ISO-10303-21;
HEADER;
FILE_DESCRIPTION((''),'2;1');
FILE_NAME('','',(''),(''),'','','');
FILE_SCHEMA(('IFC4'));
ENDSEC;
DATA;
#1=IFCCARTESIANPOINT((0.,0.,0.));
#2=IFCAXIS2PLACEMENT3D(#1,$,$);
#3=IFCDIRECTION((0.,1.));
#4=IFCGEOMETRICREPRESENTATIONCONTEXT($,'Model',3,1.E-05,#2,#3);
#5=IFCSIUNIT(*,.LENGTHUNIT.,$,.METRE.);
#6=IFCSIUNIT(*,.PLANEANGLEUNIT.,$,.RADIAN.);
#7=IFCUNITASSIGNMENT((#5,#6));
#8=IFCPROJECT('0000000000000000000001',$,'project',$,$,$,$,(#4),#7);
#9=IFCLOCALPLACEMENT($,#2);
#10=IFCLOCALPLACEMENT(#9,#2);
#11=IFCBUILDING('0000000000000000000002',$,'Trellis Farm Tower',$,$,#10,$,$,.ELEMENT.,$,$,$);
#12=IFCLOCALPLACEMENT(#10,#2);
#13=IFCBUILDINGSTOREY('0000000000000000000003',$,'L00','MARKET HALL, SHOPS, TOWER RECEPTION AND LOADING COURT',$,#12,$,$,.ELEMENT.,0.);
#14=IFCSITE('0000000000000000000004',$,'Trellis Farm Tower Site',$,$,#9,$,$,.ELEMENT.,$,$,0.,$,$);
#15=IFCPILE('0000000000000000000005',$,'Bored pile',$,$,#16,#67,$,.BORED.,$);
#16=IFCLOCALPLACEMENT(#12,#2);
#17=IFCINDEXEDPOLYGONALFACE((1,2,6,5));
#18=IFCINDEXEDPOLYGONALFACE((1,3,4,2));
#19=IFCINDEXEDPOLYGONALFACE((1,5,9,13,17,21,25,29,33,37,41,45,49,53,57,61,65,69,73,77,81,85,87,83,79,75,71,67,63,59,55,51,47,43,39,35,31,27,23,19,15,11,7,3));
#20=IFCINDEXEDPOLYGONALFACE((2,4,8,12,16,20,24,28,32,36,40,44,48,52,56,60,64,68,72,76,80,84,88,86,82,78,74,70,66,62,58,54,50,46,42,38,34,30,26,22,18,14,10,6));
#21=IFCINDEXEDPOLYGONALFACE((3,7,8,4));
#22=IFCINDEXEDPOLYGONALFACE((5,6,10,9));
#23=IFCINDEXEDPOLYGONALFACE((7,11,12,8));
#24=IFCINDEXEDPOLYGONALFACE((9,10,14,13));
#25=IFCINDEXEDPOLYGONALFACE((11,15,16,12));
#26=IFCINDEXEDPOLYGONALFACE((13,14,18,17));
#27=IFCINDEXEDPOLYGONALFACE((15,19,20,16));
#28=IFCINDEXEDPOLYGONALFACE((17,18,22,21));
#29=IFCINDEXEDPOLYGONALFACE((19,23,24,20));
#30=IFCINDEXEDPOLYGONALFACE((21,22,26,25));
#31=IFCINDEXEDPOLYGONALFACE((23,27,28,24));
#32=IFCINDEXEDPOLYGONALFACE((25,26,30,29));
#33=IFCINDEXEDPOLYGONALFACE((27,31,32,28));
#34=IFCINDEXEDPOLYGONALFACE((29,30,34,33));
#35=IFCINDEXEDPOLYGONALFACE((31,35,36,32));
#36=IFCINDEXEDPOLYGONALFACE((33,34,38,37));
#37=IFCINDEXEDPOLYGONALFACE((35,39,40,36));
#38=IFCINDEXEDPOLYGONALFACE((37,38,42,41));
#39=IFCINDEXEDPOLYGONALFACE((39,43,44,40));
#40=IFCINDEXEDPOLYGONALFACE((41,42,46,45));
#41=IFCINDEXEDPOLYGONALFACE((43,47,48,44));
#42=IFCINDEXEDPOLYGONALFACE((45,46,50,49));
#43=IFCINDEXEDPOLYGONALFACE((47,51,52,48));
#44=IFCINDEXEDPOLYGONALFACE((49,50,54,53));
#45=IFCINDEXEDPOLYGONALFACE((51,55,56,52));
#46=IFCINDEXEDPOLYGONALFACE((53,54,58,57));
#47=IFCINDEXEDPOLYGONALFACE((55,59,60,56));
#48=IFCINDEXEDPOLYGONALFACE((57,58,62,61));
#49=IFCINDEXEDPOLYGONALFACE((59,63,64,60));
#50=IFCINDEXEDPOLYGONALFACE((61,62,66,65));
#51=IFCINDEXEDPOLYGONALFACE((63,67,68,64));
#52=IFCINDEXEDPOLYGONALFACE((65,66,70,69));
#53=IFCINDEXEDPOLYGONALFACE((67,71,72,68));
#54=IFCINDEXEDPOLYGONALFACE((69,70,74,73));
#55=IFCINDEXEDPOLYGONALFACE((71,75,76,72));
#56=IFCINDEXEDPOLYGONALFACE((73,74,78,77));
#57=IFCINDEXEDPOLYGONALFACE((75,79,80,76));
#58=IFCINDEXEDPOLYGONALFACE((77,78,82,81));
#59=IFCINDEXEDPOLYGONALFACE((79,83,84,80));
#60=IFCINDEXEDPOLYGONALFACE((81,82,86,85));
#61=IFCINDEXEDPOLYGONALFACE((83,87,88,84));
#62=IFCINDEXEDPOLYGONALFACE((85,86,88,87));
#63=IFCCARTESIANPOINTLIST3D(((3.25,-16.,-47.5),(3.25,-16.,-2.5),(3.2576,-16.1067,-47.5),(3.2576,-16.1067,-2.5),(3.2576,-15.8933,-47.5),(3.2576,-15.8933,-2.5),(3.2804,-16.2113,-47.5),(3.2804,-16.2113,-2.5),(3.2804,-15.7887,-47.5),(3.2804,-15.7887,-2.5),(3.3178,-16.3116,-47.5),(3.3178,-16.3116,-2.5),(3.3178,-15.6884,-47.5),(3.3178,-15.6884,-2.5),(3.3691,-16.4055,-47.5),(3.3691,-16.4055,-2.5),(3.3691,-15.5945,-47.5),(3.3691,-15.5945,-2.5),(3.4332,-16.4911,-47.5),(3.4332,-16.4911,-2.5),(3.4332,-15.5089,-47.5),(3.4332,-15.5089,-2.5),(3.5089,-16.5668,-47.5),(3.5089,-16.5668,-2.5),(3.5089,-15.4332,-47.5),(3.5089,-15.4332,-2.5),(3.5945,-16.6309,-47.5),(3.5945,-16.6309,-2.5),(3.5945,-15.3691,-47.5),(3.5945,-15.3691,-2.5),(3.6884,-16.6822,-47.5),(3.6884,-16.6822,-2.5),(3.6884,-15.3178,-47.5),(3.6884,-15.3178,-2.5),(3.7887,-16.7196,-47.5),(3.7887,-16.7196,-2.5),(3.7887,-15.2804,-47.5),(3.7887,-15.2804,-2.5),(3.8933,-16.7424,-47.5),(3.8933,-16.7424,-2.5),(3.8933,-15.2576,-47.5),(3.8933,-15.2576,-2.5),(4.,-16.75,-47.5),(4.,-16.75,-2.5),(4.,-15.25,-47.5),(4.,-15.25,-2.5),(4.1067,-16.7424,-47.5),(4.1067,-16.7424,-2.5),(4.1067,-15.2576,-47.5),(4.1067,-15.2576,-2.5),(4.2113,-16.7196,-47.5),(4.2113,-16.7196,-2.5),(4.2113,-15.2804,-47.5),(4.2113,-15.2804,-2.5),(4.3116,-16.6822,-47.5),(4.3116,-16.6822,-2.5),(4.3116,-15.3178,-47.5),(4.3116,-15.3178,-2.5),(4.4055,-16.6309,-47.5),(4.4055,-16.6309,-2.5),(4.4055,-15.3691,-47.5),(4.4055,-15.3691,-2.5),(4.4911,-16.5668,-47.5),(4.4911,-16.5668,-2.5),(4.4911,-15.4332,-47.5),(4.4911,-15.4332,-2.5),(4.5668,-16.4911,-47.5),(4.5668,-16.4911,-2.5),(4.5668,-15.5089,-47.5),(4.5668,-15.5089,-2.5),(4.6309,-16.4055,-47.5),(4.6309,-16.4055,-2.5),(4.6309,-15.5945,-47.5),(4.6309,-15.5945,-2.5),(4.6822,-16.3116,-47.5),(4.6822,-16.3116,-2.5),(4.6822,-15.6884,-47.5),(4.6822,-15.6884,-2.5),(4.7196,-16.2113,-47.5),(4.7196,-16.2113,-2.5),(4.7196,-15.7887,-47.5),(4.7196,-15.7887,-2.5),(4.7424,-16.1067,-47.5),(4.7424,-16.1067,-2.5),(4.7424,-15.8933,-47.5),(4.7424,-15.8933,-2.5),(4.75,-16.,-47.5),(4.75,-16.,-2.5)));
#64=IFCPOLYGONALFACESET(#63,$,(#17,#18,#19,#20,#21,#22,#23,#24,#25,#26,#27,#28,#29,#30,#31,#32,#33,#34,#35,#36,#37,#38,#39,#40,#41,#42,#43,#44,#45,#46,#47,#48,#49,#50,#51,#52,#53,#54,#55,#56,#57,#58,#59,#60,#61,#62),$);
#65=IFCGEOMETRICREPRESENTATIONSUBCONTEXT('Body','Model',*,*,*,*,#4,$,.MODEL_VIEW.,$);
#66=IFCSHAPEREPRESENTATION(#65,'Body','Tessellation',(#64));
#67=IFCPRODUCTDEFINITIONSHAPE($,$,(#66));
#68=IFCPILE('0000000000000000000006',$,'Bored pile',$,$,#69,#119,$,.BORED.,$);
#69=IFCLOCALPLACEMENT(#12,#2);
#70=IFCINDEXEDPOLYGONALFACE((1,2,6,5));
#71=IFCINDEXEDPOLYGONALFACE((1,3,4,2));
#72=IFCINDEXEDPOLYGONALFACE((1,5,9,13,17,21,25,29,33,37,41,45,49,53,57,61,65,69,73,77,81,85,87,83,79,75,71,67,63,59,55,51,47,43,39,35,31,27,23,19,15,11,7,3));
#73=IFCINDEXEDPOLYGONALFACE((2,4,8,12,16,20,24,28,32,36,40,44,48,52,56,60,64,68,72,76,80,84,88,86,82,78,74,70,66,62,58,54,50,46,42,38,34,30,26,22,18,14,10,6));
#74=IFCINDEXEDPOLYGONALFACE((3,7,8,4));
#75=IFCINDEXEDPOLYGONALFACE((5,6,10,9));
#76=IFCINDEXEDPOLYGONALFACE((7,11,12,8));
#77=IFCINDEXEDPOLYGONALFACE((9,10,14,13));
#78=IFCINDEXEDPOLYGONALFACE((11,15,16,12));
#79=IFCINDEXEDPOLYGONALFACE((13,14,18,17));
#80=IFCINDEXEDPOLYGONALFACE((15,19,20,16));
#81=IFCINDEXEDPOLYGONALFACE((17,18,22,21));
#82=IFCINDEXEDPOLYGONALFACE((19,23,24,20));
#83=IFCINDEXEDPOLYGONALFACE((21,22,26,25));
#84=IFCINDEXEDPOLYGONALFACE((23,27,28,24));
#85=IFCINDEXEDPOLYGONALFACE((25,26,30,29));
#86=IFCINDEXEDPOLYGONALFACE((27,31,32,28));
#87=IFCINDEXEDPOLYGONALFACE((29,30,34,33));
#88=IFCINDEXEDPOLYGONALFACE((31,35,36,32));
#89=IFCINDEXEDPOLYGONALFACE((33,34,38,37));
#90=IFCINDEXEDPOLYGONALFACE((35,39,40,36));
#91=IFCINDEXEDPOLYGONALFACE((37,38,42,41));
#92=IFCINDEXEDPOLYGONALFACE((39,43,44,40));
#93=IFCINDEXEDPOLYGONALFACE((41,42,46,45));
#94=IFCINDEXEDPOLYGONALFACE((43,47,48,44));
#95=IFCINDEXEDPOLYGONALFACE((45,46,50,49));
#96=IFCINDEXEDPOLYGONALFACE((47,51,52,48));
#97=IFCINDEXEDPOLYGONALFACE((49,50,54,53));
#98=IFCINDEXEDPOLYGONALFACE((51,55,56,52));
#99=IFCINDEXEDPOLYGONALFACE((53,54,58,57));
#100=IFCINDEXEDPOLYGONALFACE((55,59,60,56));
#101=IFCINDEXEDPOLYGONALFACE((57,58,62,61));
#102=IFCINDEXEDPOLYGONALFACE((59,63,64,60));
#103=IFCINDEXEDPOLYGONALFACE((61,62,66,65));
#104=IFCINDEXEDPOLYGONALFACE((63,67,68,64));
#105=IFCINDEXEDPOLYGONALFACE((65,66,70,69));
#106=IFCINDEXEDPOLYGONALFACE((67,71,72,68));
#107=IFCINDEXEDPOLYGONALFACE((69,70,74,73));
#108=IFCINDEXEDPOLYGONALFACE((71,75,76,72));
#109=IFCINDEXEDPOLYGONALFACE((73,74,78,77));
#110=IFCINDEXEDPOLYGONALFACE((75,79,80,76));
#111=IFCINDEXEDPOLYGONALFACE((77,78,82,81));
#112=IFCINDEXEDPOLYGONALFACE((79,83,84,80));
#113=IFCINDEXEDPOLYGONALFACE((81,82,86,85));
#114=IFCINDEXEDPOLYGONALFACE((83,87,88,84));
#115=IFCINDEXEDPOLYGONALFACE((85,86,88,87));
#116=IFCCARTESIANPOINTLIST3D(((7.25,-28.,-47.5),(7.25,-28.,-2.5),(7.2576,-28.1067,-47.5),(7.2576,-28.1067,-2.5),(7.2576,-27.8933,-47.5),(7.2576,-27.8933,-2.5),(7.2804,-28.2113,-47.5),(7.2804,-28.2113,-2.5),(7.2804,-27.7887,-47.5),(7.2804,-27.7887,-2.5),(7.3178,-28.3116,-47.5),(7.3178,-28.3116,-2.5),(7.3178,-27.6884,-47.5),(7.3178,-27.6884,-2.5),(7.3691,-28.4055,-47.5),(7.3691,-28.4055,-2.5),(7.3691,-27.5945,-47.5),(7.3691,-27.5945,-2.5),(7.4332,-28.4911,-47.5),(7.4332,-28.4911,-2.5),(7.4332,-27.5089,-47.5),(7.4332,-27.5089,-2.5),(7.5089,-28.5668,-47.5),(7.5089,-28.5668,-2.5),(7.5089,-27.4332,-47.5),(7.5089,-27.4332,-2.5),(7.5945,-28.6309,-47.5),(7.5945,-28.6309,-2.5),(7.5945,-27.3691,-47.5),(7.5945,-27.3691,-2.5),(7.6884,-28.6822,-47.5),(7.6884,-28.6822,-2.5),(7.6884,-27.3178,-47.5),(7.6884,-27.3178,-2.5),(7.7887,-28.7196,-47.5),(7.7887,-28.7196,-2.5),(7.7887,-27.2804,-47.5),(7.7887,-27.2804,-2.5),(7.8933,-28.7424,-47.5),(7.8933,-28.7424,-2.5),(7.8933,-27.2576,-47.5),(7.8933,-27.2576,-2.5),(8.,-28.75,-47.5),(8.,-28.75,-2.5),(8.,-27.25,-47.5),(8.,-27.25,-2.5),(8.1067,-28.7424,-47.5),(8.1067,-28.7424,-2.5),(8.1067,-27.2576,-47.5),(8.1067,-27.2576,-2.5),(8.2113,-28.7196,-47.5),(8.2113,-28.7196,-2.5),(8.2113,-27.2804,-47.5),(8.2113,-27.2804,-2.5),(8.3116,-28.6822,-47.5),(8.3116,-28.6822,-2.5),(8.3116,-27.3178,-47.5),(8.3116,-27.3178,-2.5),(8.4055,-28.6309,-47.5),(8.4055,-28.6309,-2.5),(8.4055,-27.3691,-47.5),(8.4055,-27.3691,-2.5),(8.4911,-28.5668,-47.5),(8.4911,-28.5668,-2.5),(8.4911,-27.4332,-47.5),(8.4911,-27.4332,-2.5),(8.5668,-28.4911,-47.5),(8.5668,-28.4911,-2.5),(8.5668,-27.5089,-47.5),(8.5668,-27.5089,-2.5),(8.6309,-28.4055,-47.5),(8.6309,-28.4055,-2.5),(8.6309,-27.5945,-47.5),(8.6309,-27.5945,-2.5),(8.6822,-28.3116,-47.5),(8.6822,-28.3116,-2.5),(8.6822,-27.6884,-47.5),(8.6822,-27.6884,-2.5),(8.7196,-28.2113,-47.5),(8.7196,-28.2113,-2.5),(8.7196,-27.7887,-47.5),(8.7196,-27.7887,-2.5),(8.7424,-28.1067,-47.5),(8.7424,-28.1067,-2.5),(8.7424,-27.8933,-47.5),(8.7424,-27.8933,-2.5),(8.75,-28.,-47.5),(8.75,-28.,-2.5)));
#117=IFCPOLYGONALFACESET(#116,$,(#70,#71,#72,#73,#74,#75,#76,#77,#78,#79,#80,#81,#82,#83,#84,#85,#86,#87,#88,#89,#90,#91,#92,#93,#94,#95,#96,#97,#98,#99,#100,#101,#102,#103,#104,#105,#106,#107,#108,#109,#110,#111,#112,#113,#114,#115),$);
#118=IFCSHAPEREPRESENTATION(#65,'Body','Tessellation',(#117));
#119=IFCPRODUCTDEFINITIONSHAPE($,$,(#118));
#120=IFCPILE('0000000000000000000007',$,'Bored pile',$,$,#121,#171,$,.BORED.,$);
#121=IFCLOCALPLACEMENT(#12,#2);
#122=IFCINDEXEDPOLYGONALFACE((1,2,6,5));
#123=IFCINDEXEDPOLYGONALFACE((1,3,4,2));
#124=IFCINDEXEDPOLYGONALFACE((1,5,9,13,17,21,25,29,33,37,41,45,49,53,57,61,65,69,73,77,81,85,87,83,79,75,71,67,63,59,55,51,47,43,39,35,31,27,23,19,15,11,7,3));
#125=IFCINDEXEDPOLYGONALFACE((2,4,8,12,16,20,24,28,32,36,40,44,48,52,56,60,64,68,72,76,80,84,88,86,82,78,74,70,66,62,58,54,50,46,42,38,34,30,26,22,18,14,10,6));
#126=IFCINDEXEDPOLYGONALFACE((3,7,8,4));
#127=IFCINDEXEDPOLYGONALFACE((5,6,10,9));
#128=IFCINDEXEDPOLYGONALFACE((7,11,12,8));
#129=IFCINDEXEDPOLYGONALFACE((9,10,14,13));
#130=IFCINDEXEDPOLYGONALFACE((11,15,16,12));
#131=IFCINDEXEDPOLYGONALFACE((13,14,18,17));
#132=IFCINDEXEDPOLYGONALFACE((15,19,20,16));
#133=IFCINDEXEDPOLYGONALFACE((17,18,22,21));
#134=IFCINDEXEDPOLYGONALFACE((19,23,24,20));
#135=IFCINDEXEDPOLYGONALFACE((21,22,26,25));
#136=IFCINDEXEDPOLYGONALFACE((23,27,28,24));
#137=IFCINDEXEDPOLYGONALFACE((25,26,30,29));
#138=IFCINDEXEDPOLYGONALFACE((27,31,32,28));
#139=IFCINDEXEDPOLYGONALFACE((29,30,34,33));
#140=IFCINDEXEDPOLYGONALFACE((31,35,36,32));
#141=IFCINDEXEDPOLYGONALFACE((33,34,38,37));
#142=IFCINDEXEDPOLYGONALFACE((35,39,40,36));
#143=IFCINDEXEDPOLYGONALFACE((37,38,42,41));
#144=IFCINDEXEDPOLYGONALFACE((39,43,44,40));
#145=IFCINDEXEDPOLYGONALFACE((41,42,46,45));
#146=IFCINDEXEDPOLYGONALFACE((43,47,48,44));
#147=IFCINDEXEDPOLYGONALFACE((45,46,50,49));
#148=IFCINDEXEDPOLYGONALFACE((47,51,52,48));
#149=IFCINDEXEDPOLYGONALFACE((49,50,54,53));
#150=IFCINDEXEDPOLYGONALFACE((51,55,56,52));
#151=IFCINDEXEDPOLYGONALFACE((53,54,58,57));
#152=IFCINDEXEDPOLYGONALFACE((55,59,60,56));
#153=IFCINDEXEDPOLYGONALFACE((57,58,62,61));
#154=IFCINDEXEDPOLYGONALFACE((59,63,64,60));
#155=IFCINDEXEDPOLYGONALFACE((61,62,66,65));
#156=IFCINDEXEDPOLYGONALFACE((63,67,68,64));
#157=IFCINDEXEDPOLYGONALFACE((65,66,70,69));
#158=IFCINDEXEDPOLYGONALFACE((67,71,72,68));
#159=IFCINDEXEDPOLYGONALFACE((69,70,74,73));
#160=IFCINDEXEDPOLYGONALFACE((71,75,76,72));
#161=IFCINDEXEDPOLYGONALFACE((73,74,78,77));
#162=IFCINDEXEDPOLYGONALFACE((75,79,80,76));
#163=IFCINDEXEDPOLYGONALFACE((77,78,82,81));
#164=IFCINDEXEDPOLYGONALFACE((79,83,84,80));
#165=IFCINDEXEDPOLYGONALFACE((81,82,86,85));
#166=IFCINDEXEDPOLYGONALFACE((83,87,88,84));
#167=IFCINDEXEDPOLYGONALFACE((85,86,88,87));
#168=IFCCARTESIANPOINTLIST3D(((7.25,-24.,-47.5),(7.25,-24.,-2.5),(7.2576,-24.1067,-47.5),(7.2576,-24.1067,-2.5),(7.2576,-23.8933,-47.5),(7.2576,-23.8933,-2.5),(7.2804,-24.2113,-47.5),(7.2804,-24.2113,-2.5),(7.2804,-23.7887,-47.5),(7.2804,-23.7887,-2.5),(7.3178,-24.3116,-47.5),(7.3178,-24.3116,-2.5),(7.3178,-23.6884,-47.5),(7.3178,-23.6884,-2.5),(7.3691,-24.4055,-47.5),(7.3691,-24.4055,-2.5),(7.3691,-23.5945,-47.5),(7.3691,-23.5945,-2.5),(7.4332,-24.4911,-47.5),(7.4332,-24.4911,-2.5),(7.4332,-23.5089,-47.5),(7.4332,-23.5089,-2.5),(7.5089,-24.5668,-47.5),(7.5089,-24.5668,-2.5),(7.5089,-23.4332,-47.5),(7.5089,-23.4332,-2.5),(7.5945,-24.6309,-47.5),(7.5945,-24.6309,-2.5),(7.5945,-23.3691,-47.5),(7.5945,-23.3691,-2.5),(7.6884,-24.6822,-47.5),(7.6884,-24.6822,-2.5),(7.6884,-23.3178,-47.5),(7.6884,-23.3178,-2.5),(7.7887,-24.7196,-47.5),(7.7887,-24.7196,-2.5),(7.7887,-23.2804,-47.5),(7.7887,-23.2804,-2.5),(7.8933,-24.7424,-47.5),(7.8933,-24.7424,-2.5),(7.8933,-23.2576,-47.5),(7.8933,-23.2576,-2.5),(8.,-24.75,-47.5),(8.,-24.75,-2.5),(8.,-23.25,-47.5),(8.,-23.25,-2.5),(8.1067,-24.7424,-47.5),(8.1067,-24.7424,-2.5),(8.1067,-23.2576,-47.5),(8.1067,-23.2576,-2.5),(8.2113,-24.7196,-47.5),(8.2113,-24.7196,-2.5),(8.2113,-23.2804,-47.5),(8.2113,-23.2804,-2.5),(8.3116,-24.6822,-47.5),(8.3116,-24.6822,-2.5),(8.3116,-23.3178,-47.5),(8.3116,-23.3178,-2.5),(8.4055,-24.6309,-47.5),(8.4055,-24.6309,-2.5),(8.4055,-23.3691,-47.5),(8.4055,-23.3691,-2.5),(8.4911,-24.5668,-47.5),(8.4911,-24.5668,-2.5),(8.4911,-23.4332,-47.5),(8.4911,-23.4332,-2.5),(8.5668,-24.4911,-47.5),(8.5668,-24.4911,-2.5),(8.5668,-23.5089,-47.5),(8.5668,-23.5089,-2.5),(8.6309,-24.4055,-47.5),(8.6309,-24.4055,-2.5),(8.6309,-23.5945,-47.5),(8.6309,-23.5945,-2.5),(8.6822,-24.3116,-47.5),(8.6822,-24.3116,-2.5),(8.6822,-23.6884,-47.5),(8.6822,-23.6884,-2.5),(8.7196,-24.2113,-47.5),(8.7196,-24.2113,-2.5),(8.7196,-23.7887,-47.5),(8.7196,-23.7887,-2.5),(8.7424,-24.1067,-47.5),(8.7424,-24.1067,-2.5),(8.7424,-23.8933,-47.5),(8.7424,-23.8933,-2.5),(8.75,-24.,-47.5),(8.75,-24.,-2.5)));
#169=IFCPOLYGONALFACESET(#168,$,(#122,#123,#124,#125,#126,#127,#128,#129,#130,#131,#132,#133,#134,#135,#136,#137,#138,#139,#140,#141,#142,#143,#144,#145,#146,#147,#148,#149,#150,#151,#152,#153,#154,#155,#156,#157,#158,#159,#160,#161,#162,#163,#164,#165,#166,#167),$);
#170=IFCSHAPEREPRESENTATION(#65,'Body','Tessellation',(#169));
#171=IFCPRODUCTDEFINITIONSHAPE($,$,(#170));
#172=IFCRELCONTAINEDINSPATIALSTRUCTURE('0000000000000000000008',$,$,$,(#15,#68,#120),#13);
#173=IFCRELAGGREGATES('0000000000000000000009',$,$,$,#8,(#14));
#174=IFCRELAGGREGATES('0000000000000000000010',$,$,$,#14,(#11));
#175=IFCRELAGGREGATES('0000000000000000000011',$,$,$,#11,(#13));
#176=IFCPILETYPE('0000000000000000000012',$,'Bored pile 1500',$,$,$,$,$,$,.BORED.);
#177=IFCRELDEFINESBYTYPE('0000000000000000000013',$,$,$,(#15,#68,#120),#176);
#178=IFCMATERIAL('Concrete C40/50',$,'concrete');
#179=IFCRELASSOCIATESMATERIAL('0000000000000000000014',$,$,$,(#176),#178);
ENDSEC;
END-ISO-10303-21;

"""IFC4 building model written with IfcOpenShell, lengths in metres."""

from ifc_helpers import new_model, si_unit, direction, frame, origin, origin_2d, place, context, subcontext, project, spatial, circle, extrude, source, transform, mapped, material, material_profile, profile_set, type_object, element, save


model = new_model("IFC4")

# Units and contexts
model_context = context("Model", 3, precision=1e-05, world=origin(), true_north=direction((0.0, 1.0)))
body_context = subcontext(model_context, "Body", "Model", "MODEL_VIEW")
ifc_project = project(units=[si_unit("LENGTHUNIT", "METRE"), si_unit("PLANEANGLEUNIT", "RADIAN")], contexts=[model_context])

# Site, building, storey
site_placement = place(None, origin())
site = spatial("IfcSite", under=ifc_project, at=site_placement, Name="Trellis Farm Tower Site", CompositionType="ELEMENT", RefElevation=0.0)
building_placement = place(site_placement, origin())
building = spatial("IfcBuilding", under=site, at=building_placement, Name="Trellis Farm Tower", CompositionType="ELEMENT")
storey_placement = place(building_placement, origin())
storey = spatial("IfcBuildingStorey", under=building, at=storey_placement, Name="L00", Description="MARKET HALL, SHOPS, TOWER RECEPTION AND LOADING COURT", CompositionType="ELEMENT", Elevation=0.0)

# Piles
ifc_material_1 = material(Name="Concrete C40/50", Category="concrete")
ifc_material_profile_1 = material_profile(ifc_material_1, circle(Radius=0.75, at=origin_2d()), Name="Bored pile 1500")
ifc_profile_set_1 = profile_set([ifc_material_profile_1], Name="Concrete C40/50")
pile_type = type_object("IfcPileType", Name="Bored pile 1500", PredefinedType="BORED", material=ifc_profile_set_1)
shared_shape_1 = source(origin(), body_context, "Body", "SweptSolid", [
    extrude(circle(Radius=0.75, at=origin_2d()), origin(), (0.0, 0.0, 1.0), 45.0),
])
for number, where, z_axis, x_axis, name in (
    (1, (4.0, -16.0, -2.5), (0.0, 0.0, -1.0), (1.0, 0.0, 0.0), "Bored pile"),
    (2, (8.0, -28.0, -2.5), (0.0, 0.0, -1.0), (1.0, 0.0, 0.0), "Bored pile"),
    (3, (8.0, -24.0, -2.5), (0.0, 0.0, -1.0), (1.0, 0.0, 0.0), "Bored pile"),
):
    element("IfcPile", number, at=place(storey_placement, frame(where, z_axis=z_axis, x_axis=x_axis)), inside=storey, type_object=pile_type, Name=name, PredefinedType="BORED", context=body_context, shape_type="MappedRepresentation", body=[
        mapped(shared_shape_1, transform((0.0, 0.0, 0.0))),
    ])

save(model, "model.ifc")
